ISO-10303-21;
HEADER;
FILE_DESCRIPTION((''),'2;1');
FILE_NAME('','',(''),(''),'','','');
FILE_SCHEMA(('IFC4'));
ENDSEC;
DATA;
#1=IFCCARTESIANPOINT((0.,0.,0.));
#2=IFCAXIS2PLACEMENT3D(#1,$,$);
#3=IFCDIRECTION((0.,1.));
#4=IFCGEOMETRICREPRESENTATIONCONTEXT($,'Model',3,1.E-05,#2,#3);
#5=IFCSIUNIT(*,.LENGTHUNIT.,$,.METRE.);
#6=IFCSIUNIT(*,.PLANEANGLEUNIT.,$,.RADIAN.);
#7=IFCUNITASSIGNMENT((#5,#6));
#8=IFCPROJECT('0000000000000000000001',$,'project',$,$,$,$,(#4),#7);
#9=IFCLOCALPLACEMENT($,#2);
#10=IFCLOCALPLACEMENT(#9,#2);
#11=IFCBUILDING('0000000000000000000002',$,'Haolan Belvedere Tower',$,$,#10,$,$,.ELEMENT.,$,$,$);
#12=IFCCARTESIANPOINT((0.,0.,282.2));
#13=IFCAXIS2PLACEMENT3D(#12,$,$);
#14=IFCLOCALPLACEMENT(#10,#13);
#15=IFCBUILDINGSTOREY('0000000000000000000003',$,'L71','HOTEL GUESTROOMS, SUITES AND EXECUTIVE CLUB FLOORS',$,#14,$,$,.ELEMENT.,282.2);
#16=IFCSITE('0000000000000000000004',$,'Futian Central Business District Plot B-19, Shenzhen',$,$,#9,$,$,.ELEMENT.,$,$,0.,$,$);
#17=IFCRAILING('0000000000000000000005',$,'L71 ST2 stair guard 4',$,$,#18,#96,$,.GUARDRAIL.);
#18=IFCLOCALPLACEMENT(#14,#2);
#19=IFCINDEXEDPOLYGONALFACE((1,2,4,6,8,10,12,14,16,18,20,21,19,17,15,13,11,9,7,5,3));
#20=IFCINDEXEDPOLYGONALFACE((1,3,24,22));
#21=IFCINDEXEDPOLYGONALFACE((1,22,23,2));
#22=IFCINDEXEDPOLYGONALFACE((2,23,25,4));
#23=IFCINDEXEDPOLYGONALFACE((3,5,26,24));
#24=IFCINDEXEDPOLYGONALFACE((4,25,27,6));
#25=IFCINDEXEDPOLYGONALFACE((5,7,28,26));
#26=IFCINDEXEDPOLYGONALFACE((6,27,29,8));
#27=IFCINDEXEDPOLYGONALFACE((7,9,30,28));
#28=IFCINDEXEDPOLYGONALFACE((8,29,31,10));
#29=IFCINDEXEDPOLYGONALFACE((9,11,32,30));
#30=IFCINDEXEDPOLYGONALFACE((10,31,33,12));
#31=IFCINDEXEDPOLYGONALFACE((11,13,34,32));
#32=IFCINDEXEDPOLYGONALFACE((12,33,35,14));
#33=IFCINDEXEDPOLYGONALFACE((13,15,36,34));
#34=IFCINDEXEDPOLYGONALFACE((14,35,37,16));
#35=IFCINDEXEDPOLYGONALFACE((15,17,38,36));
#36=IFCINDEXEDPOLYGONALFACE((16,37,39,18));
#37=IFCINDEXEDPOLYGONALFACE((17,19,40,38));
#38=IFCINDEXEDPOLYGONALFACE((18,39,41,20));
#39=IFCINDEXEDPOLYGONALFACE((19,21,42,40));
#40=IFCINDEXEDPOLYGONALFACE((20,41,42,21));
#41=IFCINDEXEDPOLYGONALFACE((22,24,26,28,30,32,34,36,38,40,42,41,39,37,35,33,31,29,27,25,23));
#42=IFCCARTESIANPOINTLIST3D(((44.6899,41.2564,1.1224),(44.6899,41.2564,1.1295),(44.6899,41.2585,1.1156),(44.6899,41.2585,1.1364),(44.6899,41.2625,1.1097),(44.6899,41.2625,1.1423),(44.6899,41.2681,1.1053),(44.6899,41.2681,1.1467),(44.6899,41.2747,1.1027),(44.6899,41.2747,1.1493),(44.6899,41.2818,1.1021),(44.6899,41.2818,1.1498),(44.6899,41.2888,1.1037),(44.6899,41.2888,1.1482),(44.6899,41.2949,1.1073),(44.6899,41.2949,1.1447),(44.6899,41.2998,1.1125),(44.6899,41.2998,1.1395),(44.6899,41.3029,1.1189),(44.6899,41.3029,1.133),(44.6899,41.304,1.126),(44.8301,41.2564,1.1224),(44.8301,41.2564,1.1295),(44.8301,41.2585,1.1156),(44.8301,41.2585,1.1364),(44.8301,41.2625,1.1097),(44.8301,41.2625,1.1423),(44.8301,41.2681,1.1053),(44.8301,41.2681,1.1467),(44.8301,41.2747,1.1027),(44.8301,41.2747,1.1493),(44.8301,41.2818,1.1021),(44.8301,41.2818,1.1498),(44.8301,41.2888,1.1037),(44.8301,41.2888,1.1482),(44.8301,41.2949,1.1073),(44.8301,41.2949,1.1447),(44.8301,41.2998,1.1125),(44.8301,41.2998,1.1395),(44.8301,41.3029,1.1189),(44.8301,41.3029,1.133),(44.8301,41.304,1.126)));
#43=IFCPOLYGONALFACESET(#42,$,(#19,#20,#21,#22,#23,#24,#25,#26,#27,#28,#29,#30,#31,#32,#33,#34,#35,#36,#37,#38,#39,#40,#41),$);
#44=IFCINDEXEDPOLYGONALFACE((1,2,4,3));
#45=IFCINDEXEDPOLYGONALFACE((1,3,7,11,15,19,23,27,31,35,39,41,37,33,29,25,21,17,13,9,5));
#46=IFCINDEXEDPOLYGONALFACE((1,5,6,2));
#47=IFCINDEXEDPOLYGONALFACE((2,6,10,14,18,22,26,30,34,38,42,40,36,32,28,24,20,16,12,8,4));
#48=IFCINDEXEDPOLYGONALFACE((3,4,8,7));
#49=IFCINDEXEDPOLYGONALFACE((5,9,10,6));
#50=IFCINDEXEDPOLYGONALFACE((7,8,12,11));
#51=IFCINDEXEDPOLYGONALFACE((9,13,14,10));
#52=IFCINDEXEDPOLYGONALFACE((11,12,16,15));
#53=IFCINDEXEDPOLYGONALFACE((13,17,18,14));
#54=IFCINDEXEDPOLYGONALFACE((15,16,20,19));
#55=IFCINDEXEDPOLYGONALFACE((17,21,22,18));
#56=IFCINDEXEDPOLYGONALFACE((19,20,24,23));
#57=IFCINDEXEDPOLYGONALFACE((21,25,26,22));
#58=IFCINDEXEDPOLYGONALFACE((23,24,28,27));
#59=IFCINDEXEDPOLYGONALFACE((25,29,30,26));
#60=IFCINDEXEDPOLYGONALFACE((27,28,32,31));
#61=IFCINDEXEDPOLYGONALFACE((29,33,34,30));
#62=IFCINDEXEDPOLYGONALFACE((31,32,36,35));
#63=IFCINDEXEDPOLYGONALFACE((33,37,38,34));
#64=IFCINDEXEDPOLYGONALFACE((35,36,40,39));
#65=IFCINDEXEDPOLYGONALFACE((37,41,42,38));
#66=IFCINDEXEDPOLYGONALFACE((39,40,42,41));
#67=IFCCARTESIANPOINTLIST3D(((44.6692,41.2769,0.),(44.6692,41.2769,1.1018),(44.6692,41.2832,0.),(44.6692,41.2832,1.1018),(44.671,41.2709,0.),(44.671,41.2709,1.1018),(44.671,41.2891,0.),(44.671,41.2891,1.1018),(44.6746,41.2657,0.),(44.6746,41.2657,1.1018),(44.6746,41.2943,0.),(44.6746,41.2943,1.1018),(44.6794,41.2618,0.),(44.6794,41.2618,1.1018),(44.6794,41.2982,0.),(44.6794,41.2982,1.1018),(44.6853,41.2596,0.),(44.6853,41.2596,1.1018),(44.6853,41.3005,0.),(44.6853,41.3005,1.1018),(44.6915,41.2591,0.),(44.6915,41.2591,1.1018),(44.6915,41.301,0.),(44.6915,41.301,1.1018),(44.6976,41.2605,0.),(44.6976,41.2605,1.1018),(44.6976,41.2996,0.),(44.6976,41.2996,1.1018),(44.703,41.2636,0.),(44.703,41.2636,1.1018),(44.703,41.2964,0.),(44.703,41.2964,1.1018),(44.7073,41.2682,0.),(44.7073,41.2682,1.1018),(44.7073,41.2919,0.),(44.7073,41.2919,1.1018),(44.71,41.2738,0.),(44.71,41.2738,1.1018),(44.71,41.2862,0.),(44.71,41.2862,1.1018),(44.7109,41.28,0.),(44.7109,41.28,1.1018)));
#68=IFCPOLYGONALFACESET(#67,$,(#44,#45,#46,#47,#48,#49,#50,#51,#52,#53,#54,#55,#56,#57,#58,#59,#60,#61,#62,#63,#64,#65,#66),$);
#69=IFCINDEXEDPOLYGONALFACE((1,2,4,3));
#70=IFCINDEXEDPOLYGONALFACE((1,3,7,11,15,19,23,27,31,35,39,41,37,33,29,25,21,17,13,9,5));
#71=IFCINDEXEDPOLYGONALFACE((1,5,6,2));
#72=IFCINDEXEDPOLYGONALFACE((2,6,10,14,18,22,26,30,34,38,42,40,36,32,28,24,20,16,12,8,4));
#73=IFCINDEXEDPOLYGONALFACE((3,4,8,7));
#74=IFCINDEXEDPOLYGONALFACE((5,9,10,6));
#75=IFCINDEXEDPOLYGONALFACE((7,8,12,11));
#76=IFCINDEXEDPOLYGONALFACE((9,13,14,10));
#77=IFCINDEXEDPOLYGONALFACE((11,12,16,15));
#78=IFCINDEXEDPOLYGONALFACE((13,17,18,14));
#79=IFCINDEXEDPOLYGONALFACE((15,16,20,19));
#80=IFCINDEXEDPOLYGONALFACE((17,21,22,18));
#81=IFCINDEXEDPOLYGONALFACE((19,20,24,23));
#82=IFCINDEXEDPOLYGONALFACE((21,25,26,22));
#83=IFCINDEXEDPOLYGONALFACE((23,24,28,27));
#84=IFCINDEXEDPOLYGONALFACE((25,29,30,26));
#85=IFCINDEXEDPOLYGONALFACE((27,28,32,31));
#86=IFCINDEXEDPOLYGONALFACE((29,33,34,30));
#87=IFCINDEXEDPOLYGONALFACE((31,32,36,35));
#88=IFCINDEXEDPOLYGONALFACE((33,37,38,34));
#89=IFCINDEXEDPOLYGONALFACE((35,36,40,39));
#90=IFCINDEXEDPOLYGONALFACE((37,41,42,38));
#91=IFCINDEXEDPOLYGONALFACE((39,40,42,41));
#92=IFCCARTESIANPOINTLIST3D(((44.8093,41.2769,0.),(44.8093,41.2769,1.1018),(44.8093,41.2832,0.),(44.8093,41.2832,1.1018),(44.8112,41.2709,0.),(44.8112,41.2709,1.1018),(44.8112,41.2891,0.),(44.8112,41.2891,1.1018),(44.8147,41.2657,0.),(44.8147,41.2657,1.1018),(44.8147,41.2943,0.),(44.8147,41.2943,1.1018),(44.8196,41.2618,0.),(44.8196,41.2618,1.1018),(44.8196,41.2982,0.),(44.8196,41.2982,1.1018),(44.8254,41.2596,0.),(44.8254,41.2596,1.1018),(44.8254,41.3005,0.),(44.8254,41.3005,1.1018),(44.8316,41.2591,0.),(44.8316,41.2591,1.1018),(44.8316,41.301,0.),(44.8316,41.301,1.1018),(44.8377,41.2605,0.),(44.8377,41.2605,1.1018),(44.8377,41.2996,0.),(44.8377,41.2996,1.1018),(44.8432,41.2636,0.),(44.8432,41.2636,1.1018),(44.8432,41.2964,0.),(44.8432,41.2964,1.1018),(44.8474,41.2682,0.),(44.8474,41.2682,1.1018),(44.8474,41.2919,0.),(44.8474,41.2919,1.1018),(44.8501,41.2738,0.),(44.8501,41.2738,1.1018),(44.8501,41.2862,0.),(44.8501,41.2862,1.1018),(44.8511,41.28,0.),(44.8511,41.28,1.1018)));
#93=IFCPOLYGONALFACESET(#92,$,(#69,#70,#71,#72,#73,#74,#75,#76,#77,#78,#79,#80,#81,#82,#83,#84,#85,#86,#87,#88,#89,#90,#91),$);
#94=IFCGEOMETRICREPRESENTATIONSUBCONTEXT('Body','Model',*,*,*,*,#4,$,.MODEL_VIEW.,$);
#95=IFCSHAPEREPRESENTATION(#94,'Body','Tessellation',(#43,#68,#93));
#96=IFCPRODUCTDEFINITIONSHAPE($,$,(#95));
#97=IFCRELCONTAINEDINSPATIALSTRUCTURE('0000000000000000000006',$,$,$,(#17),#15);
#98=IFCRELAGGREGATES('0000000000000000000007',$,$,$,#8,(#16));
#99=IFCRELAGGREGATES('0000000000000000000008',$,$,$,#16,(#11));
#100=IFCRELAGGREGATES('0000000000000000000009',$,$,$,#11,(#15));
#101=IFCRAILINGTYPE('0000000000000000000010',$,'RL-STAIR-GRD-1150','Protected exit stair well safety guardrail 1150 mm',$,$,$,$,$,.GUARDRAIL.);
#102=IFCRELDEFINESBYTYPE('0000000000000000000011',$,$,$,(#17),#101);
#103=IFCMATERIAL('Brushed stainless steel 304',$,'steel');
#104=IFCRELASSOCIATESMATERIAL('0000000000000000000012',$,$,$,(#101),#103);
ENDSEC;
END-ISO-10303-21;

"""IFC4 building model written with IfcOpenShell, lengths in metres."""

from ifc_helpers import new_model, si_unit, direction, frame, origin, origin_2d, place, context, subcontext, project, spatial, circle, extrude, material, type_object, element, save


model = new_model("IFC4")

# Units and contexts
model_context = context("Model", 3, precision=1e-05, world=origin(), true_north=direction((0.0, 1.0)))
body_context = subcontext(model_context, "Body", "Model", "MODEL_VIEW")
ifc_project = project(units=[si_unit("LENGTHUNIT", "METRE"), si_unit("PLANEANGLEUNIT", "RADIAN")], contexts=[model_context])

# Site, building, storey
site_placement = place(None, origin())
site = spatial("IfcSite", under=ifc_project, at=site_placement, Name="Futian Central Business District Plot B-19, Shenzhen", CompositionType="ELEMENT", RefElevation=0.0)
building_placement = place(site_placement, origin())
building = spatial("IfcBuilding", under=site, at=building_placement, Name="Haolan Belvedere Tower", CompositionType="ELEMENT")
storey_placement = place(building_placement, frame((0.0, 0.0, 282.2)))
storey = spatial("IfcBuildingStorey", under=building, at=storey_placement, Name="L71", Description="HOTEL GUESTROOMS, SUITES AND EXECUTIVE CLUB FLOORS", CompositionType="ELEMENT", Elevation=282.2)

# Railing
ifc_material_1 = material(Name="Brushed stainless steel 304", Category="steel")
railing_type_1 = type_object("IfcRailingType", Name="RL-STAIR-GRD-1150", Description="Protected exit stair well safety guardrail 1150 mm", PredefinedType="GUARDRAIL", material=ifc_material_1)
railing_1_placement = place(storey_placement, frame((44.6899, 41.28, 0.0)))
element("IfcRailing", 1, at=railing_1_placement, inside=storey, type_object=railing_type_1, Name="L71 ST2 stair guard 4", PredefinedType="GUARDRAIL", context=body_context, shape_type="SweptSolid", body=[
    extrude(circle(Radius=0.0239, at=origin_2d()), frame((0.0, 0.0, 1.126), z_axis=(1.0, 0.0, 0.0), x_axis=(0.0, 1.0, 0.0)), (0.0, 0.0, 1.0), 0.1401),
    extrude(circle(Radius=0.021, at=origin_2d()), origin(), (0.0, 0.0, 1.0), 1.1018),
    extrude(circle(Radius=0.021, at=origin_2d()), frame((0.1401, 0.0, 0.0)), (0.0, 0.0, 1.0), 1.1018),
])

save(model, "model.ifc")
